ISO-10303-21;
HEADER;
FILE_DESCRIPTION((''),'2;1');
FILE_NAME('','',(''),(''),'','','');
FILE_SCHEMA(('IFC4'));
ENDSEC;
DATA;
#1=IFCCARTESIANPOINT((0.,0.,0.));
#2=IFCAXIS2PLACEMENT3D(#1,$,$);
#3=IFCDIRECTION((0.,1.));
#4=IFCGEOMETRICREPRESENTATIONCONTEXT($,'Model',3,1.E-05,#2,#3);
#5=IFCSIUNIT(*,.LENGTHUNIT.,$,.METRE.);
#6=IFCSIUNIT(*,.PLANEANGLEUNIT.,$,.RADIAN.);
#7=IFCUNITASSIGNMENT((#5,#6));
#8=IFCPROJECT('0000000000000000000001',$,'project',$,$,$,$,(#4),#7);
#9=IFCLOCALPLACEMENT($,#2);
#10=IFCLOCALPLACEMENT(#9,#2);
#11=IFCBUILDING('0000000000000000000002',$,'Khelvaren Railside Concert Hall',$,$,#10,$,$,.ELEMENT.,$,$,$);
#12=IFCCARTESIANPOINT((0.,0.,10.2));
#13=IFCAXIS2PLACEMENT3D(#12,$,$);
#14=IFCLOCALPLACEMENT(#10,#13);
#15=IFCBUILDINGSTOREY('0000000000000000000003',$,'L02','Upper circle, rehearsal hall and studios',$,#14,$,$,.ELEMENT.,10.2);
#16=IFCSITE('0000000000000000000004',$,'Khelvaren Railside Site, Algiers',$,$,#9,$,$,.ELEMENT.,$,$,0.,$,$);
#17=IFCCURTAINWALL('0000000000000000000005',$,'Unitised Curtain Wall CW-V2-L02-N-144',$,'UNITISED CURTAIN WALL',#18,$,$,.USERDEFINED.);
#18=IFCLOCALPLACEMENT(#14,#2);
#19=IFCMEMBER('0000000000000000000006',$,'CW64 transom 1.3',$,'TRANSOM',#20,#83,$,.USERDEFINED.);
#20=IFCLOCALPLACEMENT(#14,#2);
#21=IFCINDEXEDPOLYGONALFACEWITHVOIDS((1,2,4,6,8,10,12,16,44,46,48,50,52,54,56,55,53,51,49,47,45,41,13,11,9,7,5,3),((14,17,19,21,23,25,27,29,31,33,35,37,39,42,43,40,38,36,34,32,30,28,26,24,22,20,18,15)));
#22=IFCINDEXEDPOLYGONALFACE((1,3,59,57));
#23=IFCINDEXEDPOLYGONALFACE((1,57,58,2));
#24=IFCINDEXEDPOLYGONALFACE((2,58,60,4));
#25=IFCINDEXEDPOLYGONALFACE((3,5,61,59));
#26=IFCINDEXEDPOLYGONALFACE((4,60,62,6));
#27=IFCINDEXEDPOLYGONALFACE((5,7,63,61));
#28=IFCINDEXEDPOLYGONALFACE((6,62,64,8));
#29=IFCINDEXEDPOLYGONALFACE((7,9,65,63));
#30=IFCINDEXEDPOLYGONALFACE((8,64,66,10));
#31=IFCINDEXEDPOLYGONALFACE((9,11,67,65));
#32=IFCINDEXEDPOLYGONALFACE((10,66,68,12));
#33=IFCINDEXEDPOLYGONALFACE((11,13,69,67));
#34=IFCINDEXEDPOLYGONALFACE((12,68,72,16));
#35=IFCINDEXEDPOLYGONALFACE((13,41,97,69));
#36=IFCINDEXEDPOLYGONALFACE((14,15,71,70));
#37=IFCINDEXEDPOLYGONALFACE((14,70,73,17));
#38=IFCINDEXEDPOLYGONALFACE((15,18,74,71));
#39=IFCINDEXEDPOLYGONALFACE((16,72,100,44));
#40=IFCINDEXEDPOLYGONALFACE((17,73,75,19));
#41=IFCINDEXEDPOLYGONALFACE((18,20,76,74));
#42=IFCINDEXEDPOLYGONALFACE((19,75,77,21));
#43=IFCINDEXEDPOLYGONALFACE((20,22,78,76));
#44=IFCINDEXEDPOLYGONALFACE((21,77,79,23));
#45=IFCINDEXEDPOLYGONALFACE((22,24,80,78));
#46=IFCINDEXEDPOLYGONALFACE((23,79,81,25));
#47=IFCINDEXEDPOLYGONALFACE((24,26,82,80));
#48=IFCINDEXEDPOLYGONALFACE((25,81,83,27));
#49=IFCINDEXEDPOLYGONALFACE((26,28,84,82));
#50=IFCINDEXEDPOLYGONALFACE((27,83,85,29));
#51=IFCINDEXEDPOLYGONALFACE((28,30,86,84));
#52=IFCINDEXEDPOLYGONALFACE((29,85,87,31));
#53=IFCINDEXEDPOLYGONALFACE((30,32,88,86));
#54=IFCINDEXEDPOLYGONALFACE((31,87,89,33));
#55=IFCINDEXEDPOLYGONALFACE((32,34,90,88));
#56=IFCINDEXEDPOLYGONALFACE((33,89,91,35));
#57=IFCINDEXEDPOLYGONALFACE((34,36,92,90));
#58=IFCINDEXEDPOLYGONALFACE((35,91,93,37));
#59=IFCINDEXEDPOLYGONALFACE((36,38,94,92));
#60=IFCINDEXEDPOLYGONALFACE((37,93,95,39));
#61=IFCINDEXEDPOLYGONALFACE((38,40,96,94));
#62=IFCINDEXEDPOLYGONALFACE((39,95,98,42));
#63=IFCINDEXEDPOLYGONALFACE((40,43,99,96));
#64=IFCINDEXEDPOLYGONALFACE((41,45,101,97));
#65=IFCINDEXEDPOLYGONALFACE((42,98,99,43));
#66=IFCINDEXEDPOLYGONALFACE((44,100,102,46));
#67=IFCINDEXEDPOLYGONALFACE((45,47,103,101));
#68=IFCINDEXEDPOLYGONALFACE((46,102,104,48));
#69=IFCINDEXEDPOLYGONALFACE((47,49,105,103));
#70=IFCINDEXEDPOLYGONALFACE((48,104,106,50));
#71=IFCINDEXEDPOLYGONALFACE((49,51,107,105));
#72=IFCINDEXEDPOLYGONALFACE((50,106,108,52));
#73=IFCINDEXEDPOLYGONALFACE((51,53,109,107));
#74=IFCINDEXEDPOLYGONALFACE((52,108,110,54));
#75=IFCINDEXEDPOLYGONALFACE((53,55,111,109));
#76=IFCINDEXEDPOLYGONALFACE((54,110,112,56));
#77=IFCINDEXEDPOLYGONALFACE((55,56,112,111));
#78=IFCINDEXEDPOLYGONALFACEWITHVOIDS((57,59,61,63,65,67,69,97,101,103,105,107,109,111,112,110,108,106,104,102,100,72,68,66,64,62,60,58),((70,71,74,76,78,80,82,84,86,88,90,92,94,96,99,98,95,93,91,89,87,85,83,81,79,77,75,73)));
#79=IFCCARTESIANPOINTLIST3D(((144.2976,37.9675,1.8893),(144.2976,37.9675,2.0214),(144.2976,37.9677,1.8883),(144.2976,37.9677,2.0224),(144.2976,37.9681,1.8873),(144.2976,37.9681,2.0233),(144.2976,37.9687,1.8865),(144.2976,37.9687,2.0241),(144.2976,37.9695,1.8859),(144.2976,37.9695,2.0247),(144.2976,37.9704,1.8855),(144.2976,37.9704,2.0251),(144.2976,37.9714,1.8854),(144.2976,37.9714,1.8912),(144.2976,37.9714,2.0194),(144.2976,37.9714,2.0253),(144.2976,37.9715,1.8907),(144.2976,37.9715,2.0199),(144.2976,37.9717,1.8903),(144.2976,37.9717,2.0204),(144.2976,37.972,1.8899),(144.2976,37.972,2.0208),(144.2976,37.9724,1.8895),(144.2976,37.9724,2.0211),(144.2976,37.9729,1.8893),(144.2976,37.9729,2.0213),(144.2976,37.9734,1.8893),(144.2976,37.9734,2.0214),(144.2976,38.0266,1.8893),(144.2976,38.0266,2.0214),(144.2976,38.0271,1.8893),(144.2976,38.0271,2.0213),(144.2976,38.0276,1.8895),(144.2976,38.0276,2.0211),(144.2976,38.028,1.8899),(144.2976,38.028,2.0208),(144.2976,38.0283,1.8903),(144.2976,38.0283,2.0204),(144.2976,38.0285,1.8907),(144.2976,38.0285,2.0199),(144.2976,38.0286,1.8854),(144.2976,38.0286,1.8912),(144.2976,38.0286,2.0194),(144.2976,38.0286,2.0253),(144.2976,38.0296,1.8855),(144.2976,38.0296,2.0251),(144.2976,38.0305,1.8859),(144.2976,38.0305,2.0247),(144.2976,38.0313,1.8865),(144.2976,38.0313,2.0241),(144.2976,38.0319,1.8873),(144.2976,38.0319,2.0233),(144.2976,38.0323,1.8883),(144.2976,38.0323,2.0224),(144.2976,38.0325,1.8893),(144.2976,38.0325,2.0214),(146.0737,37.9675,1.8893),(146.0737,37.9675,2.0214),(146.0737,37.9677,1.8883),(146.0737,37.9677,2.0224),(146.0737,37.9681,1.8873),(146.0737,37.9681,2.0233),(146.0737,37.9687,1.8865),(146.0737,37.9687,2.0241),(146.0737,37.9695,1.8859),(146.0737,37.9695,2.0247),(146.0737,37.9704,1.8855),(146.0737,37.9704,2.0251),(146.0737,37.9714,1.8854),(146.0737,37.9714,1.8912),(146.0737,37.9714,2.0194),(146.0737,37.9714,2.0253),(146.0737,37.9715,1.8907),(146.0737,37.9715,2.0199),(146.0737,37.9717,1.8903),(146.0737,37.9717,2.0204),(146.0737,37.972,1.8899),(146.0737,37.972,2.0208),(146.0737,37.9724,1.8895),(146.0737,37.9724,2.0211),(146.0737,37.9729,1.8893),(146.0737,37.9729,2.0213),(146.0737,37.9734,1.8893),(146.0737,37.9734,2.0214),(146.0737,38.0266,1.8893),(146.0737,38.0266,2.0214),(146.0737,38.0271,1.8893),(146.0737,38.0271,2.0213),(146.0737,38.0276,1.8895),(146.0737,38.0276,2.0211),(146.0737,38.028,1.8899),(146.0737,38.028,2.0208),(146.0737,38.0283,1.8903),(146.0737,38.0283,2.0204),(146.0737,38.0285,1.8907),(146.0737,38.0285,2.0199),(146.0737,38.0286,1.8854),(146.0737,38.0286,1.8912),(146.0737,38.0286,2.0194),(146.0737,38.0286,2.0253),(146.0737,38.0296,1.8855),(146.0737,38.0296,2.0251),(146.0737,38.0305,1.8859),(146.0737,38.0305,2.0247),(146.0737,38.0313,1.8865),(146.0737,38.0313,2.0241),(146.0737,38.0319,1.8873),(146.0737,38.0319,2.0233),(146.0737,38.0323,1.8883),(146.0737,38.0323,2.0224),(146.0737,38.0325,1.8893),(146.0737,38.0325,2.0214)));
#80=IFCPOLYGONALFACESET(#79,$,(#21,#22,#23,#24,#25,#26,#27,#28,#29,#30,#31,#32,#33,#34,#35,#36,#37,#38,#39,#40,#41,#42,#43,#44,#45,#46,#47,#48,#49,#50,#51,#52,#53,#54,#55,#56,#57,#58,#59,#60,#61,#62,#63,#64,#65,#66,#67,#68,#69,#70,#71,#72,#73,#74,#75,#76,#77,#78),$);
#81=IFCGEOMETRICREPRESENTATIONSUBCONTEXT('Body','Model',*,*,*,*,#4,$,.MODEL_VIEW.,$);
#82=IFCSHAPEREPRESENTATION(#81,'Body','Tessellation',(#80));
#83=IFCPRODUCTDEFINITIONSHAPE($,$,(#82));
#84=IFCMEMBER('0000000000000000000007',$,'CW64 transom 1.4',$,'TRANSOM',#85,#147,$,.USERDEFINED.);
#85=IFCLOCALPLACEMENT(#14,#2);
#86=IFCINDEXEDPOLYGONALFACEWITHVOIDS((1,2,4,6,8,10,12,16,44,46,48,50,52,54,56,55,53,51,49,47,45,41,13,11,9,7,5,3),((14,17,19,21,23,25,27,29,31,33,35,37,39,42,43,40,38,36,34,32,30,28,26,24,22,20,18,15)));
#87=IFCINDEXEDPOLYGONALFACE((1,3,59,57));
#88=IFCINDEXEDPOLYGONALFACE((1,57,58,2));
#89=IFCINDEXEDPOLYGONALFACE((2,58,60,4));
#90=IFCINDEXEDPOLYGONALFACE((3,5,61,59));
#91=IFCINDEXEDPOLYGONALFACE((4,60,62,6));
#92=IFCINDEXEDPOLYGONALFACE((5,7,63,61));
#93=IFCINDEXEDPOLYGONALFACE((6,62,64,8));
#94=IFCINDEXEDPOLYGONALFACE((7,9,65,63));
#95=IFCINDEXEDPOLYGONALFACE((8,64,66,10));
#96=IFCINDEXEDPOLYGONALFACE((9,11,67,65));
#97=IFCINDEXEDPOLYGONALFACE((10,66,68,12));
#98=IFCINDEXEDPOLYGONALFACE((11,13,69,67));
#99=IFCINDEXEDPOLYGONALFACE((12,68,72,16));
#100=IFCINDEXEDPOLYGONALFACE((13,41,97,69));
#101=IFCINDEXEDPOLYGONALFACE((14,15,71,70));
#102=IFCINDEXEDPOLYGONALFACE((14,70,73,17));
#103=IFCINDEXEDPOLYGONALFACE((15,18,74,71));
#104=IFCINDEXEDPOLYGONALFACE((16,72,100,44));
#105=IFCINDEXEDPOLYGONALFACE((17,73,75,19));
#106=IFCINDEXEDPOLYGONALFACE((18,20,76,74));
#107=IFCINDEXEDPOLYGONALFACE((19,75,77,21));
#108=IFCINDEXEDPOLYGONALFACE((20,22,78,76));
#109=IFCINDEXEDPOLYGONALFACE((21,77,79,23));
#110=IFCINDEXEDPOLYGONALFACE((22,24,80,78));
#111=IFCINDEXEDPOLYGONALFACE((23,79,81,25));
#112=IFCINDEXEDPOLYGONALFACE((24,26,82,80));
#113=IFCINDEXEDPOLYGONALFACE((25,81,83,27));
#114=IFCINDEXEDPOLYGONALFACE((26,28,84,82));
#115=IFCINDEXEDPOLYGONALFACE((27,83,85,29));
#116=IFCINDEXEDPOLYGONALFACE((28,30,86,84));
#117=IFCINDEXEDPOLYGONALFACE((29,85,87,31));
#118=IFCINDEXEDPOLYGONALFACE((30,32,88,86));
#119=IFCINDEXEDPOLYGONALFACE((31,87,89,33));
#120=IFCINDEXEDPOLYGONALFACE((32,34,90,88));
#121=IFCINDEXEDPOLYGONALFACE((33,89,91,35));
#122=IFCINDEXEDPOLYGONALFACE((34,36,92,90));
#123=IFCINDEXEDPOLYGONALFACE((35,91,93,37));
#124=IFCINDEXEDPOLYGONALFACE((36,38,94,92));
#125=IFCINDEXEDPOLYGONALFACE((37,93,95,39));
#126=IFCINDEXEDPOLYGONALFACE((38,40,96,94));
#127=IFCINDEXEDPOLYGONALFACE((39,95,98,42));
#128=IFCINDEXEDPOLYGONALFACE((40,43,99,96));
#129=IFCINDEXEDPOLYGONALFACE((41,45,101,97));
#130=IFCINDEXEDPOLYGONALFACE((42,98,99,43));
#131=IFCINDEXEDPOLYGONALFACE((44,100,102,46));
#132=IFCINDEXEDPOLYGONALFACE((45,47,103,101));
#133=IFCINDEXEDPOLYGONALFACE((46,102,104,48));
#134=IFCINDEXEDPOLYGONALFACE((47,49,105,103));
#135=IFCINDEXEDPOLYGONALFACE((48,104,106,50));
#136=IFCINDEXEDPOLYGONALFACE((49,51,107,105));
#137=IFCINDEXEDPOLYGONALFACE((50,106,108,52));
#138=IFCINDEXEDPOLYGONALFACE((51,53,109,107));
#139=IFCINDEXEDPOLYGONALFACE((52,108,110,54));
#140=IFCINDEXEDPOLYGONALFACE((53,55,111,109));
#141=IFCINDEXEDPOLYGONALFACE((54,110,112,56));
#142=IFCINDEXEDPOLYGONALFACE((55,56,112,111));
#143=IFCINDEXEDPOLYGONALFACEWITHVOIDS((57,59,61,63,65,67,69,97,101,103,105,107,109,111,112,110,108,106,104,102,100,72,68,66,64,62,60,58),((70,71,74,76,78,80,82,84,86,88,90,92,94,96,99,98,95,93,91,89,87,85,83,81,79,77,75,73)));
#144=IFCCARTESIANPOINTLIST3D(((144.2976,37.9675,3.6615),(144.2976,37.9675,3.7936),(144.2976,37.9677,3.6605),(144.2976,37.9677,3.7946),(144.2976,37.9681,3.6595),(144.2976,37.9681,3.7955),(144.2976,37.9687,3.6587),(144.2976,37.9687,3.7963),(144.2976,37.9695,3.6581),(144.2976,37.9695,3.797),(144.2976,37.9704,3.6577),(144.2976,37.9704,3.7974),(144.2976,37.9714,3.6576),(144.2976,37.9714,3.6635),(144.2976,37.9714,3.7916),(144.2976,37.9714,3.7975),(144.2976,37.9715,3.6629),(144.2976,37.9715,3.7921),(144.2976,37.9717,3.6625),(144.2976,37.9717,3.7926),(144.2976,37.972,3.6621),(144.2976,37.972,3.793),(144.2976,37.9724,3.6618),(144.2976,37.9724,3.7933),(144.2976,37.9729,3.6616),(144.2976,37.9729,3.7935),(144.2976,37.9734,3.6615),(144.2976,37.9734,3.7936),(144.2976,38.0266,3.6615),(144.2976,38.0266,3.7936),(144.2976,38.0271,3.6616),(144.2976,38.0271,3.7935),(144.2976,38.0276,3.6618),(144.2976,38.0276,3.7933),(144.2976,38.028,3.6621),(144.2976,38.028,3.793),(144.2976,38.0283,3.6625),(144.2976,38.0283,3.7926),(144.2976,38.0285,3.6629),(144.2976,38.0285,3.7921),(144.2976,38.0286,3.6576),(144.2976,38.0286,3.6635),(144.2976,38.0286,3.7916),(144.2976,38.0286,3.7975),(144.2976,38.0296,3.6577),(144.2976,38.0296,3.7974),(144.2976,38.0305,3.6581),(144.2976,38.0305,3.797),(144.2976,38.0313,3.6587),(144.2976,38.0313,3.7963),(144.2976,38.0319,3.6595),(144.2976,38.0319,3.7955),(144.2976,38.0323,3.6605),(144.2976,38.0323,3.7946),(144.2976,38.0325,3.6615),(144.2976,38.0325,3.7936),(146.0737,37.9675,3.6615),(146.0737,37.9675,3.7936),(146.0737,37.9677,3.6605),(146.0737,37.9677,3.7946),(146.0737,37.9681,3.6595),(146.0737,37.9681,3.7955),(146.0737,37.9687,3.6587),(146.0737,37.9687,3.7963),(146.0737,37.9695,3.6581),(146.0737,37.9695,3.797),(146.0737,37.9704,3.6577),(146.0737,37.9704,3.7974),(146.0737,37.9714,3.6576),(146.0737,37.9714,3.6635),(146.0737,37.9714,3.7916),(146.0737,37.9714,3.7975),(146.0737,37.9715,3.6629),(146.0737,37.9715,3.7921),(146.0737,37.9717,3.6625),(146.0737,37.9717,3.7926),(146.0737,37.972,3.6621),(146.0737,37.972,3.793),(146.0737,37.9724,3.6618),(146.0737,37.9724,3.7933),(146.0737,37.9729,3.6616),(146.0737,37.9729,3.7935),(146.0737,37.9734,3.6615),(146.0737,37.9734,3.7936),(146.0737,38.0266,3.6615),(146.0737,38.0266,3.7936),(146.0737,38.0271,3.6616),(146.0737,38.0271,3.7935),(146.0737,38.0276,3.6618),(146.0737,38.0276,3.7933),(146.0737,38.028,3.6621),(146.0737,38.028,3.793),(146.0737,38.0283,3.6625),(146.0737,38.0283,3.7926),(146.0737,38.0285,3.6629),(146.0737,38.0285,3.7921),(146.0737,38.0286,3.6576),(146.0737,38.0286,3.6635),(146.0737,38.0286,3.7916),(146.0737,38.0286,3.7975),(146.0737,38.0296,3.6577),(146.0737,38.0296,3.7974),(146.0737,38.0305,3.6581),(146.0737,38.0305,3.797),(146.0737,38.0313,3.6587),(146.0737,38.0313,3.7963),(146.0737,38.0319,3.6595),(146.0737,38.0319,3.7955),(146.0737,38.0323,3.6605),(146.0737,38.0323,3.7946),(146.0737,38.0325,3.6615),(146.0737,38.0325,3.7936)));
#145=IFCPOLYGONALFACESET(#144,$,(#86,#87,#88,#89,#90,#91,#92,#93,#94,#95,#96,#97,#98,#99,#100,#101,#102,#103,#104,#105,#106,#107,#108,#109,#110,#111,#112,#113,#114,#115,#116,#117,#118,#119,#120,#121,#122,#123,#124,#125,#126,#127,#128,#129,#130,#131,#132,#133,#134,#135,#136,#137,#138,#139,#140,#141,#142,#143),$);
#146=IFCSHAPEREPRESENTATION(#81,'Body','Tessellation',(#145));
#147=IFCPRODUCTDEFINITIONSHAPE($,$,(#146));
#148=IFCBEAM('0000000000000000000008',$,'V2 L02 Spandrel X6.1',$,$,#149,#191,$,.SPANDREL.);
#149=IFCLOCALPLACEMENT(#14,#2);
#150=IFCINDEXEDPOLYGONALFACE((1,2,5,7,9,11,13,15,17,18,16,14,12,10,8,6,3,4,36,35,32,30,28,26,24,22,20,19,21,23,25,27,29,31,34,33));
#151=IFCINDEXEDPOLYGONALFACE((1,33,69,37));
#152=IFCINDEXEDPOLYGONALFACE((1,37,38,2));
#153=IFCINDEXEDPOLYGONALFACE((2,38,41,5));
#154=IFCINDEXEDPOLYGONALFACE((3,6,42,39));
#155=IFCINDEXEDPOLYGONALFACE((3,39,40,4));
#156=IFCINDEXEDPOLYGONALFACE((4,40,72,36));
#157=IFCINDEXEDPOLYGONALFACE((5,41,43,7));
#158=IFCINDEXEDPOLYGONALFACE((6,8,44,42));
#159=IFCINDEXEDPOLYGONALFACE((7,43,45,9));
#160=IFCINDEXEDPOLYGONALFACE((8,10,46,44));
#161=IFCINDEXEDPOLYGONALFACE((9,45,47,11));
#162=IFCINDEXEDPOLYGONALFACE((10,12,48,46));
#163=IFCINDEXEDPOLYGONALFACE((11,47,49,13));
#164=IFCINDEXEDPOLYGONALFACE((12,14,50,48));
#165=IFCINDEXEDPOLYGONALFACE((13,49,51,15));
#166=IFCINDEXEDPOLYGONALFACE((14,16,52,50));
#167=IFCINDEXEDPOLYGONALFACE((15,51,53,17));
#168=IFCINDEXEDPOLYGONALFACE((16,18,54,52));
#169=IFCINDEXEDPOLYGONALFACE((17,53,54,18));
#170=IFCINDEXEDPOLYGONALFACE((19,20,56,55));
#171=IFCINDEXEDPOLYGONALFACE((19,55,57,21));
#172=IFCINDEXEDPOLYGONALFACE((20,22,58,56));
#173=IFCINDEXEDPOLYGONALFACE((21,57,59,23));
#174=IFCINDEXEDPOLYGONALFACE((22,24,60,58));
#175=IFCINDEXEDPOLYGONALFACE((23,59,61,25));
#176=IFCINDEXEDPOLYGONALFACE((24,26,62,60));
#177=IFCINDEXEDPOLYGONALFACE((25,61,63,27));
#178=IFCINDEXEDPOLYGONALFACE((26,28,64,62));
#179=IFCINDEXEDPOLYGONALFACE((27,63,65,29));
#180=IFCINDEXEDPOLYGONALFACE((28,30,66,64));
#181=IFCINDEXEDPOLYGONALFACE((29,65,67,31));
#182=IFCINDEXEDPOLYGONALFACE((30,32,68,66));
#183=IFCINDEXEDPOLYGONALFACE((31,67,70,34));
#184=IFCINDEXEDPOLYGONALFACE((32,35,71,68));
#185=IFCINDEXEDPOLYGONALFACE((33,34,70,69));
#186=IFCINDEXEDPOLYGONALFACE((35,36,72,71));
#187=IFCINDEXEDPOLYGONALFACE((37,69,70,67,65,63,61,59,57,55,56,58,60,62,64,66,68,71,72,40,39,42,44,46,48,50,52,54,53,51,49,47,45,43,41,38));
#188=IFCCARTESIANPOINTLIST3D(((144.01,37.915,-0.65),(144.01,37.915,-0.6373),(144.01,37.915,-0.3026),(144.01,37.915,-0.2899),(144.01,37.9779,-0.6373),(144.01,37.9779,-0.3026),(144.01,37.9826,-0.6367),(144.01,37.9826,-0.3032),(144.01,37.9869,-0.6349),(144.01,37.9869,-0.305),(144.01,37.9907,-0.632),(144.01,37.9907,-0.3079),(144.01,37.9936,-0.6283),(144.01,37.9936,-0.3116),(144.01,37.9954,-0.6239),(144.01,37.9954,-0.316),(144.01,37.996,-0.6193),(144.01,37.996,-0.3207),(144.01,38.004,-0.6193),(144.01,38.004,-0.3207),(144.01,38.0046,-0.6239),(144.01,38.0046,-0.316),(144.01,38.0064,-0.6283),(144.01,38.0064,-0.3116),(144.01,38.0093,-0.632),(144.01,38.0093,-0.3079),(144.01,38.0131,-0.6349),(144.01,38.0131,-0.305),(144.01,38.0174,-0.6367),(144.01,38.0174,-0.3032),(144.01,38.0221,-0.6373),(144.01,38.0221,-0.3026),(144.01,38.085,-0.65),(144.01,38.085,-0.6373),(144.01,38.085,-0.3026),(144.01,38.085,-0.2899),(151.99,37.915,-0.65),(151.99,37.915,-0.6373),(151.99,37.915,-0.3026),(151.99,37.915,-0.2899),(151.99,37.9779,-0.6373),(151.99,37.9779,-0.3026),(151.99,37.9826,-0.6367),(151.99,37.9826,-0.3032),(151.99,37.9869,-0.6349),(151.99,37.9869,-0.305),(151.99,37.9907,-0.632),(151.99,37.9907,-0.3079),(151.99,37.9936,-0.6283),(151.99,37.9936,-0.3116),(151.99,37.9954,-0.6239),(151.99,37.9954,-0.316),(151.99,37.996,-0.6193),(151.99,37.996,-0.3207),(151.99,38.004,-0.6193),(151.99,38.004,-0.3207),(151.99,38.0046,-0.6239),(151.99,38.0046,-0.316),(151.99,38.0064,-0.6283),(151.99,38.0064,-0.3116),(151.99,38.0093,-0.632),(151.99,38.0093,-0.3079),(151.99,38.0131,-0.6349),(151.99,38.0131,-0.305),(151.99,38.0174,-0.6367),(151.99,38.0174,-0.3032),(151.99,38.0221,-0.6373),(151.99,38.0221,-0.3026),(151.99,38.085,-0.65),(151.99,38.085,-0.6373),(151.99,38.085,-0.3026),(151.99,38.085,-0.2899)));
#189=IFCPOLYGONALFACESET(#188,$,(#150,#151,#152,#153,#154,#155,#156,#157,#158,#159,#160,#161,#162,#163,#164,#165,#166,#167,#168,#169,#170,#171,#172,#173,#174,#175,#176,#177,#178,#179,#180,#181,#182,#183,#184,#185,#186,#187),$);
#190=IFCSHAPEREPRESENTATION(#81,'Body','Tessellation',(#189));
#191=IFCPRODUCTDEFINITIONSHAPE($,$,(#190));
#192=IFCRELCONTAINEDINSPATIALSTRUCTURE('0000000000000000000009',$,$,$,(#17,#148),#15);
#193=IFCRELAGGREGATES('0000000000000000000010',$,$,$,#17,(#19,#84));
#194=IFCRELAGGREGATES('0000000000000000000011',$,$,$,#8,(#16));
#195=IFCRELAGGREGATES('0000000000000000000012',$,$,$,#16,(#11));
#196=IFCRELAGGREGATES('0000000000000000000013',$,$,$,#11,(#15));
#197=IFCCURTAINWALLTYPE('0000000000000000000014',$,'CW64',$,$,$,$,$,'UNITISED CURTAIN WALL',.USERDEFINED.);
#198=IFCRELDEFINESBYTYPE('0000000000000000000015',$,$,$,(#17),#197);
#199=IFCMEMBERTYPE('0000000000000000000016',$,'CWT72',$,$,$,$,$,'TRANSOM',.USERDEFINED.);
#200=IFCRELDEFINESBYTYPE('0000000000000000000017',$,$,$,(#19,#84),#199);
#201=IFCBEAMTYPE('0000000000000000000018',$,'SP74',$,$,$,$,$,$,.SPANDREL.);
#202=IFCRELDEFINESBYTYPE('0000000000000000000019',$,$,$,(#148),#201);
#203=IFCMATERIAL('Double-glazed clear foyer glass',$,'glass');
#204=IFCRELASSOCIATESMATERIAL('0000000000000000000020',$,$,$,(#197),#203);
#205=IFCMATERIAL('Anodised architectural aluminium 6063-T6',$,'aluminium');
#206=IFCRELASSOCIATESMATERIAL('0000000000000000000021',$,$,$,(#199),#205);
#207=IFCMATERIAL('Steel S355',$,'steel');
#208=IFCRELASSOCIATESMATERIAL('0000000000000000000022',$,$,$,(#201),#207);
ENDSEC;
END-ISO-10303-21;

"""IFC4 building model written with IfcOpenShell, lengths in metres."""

from ifc_helpers import new_model, si_unit, direction, frame, origin, origin_2d, place, context, subcontext, project, spatial, hollow_rectangle, i_section, extrude, material, material_profile, profile_set, type_object, element, aggregate, save


model = new_model("IFC4")

# Units and contexts
model_context = context("Model", 3, precision=1e-05, world=origin(), true_north=direction((0.0, 1.0)))
body_context = subcontext(model_context, "Body", "Model", "MODEL_VIEW")
ifc_project = project(units=[si_unit("LENGTHUNIT", "METRE"), si_unit("PLANEANGLEUNIT", "RADIAN")], contexts=[model_context])

# Site, building, storey
site_placement = place(None, origin())
site = spatial("IfcSite", under=ifc_project, at=site_placement, Name="Khelvaren Railside Site, Algiers", CompositionType="ELEMENT", RefElevation=0.0)
building_placement = place(site_placement, origin())
building = spatial("IfcBuilding", under=site, at=building_placement, Name="Khelvaren Railside Concert Hall", CompositionType="ELEMENT")
storey_placement = place(building_placement, frame((0.0, 0.0, 10.2)))
storey = spatial("IfcBuildingStorey", under=building, at=storey_placement, Name="L02", Description="Upper circle, rehearsal hall and studios", CompositionType="ELEMENT", Elevation=10.2)

# Shared definitions
ifc_material_1 = material(Name="Steel S355", Category="steel")

# Shared definitions
ifc_material_2 = material(Name="Anodised architectural aluminium 6063-T6", Category="aluminium")

# Curtain wall
ifc_material_3 = material(Name="Double-glazed clear foyer glass", Category="glass")
curtain_wall_type_1 = type_object("IfcCurtainWallType", Name="CW64", ElementType="UNITISED CURTAIN WALL", PredefinedType="USERDEFINED", material=ifc_material_3)
curtain_wall_1_placement = place(storey_placement, origin())
curtain_wall_1 = element("IfcCurtainWall", 1, at=curtain_wall_1_placement, inside=storey, type_object=curtain_wall_type_1, Name="Unitised Curtain Wall CW-V2-L02-N-144", ObjectType="UNITISED CURTAIN WALL", PredefinedType="USERDEFINED")

# Members
ifc_material_profile_1 = material_profile(ifc_material_2, hollow_rectangle(XDim=0.0649, YDim=0.1399, WallThickness=0.0039, InnerFilletRadius=0.002, OuterFilletRadius=0.0039, at=origin_2d()), Name="CWT 65x140x4")
ifc_profile_set_1 = profile_set([ifc_material_profile_1], Name="Anodised architectural aluminium 6063-T6")
member_type_1 = type_object("IfcMemberType", Name="CWT72", ElementType="TRANSOM", PredefinedType="USERDEFINED", material=ifc_profile_set_1)
member_1_placement = place(storey_placement, frame((144.2976, 38.0, 1.9553), z_axis=(1.0, 0.0, 0.0), x_axis=(0.0, 1.0, 0.0)))
member_1 = element("IfcMember", 2, at=member_1_placement, type_object=member_type_1, Name="CW64 transom 1.3", ObjectType="TRANSOM", PredefinedType="USERDEFINED", context=body_context, shape_type="SweptSolid", body=[
    extrude(hollow_rectangle(XDim=0.0649, YDim=0.1399, WallThickness=0.0039, InnerFilletRadius=0.002, OuterFilletRadius=0.0039, at=origin_2d()), origin(), (0.0, 0.0, 1.0), 1.7761),
])
member_2_placement = place(storey_placement, frame((144.2976, 38.0, 3.7275), z_axis=(1.0, 0.0, 0.0), x_axis=(0.0, 1.0, 0.0)))
member_2 = element("IfcMember", 3, at=member_2_placement, type_object=member_type_1, Name="CW64 transom 1.4", ObjectType="TRANSOM", PredefinedType="USERDEFINED", context=body_context, shape_type="SweptSolid", body=[
    extrude(hollow_rectangle(XDim=0.0649, YDim=0.1399, WallThickness=0.0039, InnerFilletRadius=0.002, OuterFilletRadius=0.0039, at=origin_2d()), origin(), (0.0, 0.0, 1.0), 1.7761),
])

# Beam
ifc_material_profile_2 = material_profile(ifc_material_1, i_section(OverallWidth=0.1699, OverallDepth=0.3601, WebThickness=0.0081, FlangeThickness=0.0127, FilletRadius=0.0181, at=origin_2d()), Name="IPE 360")
ifc_profile_set_2 = profile_set([ifc_material_profile_2], Name="Steel S355")
beam_type = type_object("IfcBeamType", Name="SP74", PredefinedType="SPANDREL", material=ifc_profile_set_2)
beam_placement = place(storey_placement, frame((144.01, 38.0, -0.47), z_axis=(1.0, 0.0, 0.0), x_axis=(0.0, 1.0, 0.0)))
element("IfcBeam", 4, at=beam_placement, inside=storey, type_object=beam_type, Name="V2 L02 Spandrel X6.1", PredefinedType="SPANDREL", context=body_context, shape_type="SweptSolid", body=[
    extrude(i_section(OverallWidth=0.1699, OverallDepth=0.3601, WebThickness=0.0081, FlangeThickness=0.0127, FilletRadius=0.0181, at=origin_2d()), origin(), (0.0, 0.0, 1.0), 7.98),
])

aggregate(curtain_wall_1, [member_1, member_2])

save(model, "model.ifc")
